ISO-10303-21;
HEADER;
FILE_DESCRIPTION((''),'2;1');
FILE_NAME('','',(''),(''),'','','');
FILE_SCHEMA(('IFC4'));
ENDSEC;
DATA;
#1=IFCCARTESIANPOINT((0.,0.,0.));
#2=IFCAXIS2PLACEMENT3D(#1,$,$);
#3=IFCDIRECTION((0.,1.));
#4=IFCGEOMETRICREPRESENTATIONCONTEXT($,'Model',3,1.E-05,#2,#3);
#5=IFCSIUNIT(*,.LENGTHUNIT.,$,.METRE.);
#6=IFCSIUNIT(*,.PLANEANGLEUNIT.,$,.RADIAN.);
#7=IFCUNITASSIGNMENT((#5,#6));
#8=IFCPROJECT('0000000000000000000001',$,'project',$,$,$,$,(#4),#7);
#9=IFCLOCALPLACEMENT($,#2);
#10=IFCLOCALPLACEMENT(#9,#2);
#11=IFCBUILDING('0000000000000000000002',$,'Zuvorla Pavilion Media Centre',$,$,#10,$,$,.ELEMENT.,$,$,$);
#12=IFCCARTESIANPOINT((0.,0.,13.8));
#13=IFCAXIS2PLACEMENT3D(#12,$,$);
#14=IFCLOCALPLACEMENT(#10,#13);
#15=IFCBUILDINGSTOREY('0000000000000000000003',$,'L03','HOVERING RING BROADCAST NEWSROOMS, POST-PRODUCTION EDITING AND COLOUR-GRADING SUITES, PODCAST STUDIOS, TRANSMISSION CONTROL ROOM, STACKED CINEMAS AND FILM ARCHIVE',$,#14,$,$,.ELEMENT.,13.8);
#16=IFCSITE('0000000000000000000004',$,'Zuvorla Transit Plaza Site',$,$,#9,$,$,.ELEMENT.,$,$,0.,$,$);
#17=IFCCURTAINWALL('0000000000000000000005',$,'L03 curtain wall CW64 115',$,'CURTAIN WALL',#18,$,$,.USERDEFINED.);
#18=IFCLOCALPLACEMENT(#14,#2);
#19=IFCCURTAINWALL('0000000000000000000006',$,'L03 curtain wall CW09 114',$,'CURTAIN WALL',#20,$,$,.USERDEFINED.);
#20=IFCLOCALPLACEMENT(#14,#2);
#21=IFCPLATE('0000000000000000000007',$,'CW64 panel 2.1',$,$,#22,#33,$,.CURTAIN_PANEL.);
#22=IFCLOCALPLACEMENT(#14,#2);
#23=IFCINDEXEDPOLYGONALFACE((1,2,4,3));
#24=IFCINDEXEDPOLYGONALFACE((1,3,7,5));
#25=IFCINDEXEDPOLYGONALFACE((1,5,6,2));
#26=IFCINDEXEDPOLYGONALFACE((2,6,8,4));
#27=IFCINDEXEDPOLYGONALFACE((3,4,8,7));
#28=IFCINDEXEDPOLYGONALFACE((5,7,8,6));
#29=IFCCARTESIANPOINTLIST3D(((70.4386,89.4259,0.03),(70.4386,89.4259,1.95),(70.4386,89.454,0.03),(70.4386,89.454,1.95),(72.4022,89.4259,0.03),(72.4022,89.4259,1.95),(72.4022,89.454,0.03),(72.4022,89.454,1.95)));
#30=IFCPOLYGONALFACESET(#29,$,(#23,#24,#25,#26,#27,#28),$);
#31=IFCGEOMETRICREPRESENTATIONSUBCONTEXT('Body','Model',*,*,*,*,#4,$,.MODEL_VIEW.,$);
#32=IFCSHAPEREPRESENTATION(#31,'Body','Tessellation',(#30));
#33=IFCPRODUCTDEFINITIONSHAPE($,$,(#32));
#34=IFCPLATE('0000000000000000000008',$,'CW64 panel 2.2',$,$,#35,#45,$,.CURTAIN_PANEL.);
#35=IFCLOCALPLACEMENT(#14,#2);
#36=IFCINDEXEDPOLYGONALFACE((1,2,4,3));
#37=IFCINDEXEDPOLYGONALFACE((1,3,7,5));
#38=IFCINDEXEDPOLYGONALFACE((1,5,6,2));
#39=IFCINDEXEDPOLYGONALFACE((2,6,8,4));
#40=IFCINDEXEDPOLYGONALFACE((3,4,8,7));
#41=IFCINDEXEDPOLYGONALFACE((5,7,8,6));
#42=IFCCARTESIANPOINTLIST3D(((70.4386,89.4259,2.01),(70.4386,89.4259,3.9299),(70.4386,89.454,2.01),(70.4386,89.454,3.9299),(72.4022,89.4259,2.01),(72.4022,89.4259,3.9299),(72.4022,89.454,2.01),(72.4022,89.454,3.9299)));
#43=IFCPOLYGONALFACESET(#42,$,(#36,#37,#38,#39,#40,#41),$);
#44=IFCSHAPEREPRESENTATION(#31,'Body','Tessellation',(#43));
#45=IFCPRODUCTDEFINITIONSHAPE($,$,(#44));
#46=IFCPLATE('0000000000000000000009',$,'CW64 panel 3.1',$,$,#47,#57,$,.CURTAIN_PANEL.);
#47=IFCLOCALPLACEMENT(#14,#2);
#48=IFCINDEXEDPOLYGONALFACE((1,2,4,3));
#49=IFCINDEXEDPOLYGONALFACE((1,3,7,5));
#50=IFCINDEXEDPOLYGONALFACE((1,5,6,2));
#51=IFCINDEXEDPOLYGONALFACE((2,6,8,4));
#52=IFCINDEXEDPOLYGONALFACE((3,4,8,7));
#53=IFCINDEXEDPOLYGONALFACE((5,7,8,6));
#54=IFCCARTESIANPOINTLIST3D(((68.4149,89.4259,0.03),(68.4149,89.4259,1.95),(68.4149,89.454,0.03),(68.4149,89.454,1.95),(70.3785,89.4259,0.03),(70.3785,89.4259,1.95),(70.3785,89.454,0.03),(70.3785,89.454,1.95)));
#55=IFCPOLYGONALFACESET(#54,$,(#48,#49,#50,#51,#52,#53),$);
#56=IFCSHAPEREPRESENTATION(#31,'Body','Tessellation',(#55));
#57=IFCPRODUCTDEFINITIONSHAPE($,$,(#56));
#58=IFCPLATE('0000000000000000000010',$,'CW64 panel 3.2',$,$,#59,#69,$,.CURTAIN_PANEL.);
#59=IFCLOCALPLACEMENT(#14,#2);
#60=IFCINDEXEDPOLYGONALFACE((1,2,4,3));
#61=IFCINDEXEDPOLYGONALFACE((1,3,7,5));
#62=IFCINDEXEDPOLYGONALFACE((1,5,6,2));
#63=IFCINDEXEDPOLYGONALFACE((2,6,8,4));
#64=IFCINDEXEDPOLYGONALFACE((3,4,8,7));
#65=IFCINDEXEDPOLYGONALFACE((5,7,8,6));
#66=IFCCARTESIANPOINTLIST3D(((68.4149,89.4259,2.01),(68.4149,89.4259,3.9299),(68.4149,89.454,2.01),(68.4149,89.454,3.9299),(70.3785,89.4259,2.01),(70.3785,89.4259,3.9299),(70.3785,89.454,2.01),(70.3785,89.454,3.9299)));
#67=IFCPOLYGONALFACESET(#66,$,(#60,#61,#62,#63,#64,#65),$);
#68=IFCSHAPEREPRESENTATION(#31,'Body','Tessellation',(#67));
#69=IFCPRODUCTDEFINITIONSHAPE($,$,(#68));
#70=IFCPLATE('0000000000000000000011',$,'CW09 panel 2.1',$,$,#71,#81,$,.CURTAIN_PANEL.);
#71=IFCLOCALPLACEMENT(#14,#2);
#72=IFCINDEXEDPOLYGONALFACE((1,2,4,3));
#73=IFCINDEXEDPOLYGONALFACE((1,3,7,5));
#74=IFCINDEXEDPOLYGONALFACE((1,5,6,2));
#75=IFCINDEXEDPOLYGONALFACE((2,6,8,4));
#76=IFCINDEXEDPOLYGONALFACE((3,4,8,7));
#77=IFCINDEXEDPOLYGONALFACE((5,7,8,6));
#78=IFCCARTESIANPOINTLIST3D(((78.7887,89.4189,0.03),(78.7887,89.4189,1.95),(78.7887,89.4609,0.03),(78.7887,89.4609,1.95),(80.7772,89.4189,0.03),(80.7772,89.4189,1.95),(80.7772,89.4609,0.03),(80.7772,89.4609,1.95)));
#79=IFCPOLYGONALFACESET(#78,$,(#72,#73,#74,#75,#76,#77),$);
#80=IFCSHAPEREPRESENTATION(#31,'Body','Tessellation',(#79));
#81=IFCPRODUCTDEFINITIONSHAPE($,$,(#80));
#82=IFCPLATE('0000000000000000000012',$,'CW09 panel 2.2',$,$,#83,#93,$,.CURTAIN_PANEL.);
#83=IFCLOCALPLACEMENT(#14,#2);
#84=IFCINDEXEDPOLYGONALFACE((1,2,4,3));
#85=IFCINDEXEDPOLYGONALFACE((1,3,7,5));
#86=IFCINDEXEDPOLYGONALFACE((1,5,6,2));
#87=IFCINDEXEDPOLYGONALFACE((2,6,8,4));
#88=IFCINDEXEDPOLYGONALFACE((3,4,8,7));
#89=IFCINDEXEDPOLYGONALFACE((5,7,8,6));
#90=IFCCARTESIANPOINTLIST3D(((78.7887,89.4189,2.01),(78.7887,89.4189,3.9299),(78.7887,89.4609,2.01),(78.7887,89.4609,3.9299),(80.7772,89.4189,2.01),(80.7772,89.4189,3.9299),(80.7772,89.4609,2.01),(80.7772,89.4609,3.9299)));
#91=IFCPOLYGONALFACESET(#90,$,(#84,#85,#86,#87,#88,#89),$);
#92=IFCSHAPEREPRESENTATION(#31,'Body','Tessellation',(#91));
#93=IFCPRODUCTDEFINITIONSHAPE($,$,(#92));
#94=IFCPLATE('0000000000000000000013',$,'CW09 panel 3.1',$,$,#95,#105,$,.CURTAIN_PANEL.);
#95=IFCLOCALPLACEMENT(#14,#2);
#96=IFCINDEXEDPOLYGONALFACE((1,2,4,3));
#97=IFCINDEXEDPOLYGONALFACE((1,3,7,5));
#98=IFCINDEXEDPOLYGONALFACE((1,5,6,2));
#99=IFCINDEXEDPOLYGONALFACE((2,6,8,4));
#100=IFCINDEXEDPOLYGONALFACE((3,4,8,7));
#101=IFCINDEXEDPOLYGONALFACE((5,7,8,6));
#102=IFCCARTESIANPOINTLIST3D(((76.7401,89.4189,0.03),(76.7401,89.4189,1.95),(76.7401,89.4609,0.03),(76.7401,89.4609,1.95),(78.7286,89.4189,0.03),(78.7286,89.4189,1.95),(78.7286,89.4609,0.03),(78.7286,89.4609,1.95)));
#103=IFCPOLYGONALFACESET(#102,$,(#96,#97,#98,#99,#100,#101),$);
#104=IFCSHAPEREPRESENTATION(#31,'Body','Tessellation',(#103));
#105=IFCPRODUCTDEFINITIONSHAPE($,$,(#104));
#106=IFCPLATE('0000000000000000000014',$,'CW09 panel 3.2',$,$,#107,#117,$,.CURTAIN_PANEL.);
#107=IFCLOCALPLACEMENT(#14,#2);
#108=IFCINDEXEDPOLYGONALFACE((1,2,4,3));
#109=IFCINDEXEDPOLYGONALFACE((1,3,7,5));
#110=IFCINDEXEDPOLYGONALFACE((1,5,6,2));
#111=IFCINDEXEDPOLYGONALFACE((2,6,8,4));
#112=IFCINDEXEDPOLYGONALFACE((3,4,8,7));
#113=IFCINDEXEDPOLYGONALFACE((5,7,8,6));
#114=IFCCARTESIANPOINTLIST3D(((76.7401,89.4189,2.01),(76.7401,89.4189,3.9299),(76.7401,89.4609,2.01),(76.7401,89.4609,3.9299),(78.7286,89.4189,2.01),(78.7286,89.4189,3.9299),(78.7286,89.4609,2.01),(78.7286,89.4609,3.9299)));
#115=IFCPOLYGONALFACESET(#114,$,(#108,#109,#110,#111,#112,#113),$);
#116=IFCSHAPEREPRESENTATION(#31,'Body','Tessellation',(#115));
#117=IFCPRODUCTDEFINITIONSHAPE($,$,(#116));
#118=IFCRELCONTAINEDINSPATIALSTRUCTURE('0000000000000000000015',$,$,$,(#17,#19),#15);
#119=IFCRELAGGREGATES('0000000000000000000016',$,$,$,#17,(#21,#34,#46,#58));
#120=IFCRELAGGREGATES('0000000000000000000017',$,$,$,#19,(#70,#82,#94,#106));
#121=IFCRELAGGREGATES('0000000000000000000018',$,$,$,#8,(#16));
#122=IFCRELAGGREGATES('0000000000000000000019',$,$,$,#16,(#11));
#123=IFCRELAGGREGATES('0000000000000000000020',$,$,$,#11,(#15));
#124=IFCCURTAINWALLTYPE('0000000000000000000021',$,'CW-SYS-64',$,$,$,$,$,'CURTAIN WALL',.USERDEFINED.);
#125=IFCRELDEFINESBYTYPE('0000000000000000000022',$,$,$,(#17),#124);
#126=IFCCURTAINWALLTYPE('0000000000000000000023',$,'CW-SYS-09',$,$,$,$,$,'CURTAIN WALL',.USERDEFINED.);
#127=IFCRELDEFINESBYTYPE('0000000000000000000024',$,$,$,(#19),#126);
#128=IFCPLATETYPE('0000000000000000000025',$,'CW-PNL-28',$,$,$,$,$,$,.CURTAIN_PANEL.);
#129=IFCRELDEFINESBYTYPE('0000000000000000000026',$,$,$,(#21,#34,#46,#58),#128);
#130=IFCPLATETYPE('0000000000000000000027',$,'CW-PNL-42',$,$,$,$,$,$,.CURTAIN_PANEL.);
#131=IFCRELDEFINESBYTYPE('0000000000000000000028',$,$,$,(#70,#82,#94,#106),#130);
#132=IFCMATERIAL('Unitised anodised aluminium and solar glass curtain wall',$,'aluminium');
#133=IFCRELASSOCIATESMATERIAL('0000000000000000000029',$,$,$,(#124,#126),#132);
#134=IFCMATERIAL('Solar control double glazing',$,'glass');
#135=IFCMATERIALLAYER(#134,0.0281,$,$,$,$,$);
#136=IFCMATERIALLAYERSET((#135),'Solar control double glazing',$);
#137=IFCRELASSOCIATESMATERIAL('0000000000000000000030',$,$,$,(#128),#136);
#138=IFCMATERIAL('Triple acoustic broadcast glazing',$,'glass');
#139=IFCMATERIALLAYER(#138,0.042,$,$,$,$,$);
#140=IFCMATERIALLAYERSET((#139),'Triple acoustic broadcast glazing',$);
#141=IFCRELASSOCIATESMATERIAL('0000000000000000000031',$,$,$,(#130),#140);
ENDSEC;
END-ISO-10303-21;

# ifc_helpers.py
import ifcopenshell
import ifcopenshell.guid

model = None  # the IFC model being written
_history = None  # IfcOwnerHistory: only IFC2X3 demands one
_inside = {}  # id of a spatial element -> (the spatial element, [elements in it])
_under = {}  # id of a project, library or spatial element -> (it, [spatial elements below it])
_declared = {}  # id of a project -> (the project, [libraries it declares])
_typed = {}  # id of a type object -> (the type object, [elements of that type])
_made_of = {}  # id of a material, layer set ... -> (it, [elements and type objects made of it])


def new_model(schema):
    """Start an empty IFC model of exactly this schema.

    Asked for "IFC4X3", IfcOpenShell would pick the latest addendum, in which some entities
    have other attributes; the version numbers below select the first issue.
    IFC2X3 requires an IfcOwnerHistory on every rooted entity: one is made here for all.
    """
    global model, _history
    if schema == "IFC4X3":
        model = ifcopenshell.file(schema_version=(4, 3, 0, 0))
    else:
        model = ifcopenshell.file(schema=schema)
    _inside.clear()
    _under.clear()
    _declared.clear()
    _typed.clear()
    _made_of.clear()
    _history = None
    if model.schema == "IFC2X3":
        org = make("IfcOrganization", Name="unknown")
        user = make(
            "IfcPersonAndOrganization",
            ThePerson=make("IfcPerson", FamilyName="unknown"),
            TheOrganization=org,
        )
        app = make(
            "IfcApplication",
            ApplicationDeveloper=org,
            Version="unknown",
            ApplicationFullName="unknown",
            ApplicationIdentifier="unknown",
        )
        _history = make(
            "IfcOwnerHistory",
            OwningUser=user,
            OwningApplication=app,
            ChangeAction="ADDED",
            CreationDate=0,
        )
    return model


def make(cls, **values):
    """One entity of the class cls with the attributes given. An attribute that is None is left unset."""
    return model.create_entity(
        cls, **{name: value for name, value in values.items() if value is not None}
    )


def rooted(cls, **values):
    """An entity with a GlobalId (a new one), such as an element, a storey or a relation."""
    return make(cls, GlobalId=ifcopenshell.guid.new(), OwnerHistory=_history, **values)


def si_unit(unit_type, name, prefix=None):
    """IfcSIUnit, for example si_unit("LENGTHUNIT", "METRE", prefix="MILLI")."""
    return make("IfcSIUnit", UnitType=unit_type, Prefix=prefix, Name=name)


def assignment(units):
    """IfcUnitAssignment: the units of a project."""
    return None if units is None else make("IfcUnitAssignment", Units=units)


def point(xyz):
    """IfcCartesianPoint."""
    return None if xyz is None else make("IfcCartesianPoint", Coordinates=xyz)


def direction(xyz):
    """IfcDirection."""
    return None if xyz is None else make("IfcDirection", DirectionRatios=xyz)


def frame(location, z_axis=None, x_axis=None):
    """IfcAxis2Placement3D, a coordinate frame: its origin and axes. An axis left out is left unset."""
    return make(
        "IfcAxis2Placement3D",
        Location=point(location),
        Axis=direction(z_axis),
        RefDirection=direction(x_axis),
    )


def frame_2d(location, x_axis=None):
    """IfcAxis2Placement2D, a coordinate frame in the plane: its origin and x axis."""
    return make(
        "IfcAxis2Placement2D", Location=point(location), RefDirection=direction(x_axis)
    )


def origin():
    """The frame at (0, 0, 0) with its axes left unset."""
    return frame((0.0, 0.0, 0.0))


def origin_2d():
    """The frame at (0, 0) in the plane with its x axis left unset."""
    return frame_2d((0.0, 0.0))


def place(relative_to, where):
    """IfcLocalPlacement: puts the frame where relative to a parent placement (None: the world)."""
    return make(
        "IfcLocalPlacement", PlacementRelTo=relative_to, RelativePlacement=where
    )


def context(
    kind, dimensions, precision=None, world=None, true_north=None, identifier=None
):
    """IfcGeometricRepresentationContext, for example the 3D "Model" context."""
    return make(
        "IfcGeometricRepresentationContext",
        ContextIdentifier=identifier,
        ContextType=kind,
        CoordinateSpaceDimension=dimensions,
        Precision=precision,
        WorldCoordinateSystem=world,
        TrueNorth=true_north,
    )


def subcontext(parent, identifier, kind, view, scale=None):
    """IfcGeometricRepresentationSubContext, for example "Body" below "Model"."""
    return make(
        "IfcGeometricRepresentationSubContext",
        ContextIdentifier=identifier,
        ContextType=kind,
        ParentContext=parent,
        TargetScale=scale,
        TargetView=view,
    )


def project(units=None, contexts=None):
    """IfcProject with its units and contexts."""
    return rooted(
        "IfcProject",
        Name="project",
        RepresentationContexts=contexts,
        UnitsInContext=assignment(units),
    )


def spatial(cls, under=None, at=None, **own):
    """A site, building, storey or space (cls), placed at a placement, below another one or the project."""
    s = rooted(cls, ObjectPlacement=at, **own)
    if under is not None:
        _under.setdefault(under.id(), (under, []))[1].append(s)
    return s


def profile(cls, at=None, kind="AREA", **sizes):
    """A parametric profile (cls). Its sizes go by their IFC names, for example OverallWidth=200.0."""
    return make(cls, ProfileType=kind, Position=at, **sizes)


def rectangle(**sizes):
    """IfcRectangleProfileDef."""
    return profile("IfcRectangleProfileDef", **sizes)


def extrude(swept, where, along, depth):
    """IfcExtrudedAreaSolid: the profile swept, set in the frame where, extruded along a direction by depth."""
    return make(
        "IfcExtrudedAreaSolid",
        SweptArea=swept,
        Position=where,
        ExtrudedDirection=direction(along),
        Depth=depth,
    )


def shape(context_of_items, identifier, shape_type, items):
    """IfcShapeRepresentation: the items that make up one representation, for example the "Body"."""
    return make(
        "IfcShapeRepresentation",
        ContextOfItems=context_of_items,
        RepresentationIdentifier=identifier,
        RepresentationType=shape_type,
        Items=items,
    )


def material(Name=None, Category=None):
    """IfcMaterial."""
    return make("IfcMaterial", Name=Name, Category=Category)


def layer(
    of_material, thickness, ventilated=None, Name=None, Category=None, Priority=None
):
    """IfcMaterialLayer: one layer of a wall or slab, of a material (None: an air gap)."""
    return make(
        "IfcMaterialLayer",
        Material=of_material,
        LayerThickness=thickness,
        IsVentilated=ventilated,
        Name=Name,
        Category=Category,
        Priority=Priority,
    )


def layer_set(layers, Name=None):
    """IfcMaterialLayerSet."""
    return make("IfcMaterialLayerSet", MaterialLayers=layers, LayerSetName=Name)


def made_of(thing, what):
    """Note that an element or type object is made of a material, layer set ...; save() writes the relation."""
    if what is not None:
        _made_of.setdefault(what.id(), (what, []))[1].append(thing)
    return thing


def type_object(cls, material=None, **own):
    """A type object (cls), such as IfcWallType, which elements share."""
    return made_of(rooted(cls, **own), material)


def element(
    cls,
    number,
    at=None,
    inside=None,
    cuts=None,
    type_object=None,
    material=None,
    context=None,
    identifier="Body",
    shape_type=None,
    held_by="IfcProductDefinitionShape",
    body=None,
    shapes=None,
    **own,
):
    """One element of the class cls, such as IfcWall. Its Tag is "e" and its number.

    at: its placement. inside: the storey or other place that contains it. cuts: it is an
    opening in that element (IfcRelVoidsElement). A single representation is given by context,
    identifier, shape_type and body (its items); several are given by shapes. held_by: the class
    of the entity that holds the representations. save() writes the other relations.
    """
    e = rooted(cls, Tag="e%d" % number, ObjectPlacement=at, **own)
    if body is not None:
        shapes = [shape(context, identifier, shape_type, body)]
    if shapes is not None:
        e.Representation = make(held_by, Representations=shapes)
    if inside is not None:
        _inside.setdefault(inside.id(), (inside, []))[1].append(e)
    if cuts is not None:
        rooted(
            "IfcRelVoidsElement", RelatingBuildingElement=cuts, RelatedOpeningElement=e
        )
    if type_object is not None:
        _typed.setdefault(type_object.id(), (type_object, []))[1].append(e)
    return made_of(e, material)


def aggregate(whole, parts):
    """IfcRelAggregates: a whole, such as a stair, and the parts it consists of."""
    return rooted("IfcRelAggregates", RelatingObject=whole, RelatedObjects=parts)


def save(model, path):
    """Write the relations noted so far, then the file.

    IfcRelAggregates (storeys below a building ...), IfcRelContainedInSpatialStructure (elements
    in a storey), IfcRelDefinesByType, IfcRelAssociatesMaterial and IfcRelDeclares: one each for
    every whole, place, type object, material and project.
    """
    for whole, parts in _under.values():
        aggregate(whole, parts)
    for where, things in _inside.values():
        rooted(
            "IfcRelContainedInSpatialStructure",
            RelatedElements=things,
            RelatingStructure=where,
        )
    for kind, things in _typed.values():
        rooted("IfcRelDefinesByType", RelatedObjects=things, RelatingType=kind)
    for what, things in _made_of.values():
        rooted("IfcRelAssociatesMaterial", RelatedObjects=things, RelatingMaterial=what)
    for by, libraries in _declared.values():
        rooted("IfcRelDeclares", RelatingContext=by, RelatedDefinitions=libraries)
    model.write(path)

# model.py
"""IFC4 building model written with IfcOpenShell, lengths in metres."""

from ifc_helpers import new_model, si_unit, direction, frame, origin, origin_2d, place, context, subcontext, project, spatial, rectangle, extrude, material, layer, layer_set, type_object, element, aggregate, save


model = new_model("IFC4")

# Units and contexts
model_context = context("Model", 3, precision=1e-05, world=origin(), true_north=direction((0.0, 1.0)))
body_context = subcontext(model_context, "Body", "Model", "MODEL_VIEW")
ifc_project = project(units=[si_unit("LENGTHUNIT", "METRE"), si_unit("PLANEANGLEUNIT", "RADIAN")], contexts=[model_context])

# Site, building, storey
site_placement = place(None, origin())
site = spatial("IfcSite", under=ifc_project, at=site_placement, Name="Zuvorla Transit Plaza Site", CompositionType="ELEMENT", RefElevation=0.0)
building_placement = place(site_placement, origin())
building = spatial("IfcBuilding", under=site, at=building_placement, Name="Zuvorla Pavilion Media Centre", CompositionType="ELEMENT")
storey_placement = place(building_placement, frame((0.0, 0.0, 13.8)))
storey = spatial("IfcBuildingStorey", under=building, at=storey_placement, Name="L03", Description="HOVERING RING BROADCAST NEWSROOMS, POST-PRODUCTION EDITING AND COLOUR-GRADING SUITES, PODCAST STUDIOS, TRANSMISSION CONTROL ROOM, STACKED CINEMAS AND FILM ARCHIVE", CompositionType="ELEMENT", Elevation=13.8)

# Curtain walls
ifc_material_1 = material(Name="Unitised anodised aluminium and solar glass curtain wall", Category="aluminium")
curtain_wall_type_1 = type_object("IfcCurtainWallType", Name="CW-SYS-64", ElementType="CURTAIN WALL", PredefinedType="USERDEFINED", material=ifc_material_1)
curtain_wall_1_placement = place(storey_placement, origin())
curtain_wall_1 = element("IfcCurtainWall", 1, at=curtain_wall_1_placement, inside=storey, type_object=curtain_wall_type_1, Name="L03 curtain wall CW64 115", ObjectType="CURTAIN WALL", PredefinedType="USERDEFINED")
curtain_wall_type_2 = type_object("IfcCurtainWallType", Name="CW-SYS-09", ElementType="CURTAIN WALL", PredefinedType="USERDEFINED", material=ifc_material_1)
curtain_wall_2_placement = place(storey_placement, origin())
curtain_wall_2 = element("IfcCurtainWall", 2, at=curtain_wall_2_placement, inside=storey, type_object=curtain_wall_type_2, Name="L03 curtain wall CW09 114", ObjectType="CURTAIN WALL", PredefinedType="USERDEFINED")

# Plates
ifc_material_2 = material(Name="Solar control double glazing", Category="glass")
ifc_layer_1 = layer(ifc_material_2, 0.0281)
ifc_layer_set_1 = layer_set([ifc_layer_1], Name="Solar control double glazing")
plate_type_1 = type_object("IfcPlateType", Name="CW-PNL-28", PredefinedType="CURTAIN_PANEL", material=ifc_layer_set_1)
plate_1_placement = place(storey_placement, frame((71.4204, 89.4399, 0.03), z_axis=(0.0, 0.0, 1.0), x_axis=(-1.0, 0.0, 0.0)))
plate_1 = element("IfcPlate", 3, at=plate_1_placement, type_object=plate_type_1, Name="CW64 panel 2.1", PredefinedType="CURTAIN_PANEL", context=body_context, shape_type="SweptSolid", body=[
    extrude(rectangle(XDim=1.9636, YDim=0.0281, at=origin_2d()), origin(), (0.0, 0.0, 1.0), 1.9199),
])
plate_2_placement = place(storey_placement, frame((71.4204, 89.4399, 2.01), z_axis=(0.0, 0.0, 1.0), x_axis=(-1.0, 0.0, 0.0)))
plate_2 = element("IfcPlate", 4, at=plate_2_placement, type_object=plate_type_1, Name="CW64 panel 2.2", PredefinedType="CURTAIN_PANEL", context=body_context, shape_type="SweptSolid", body=[
    extrude(rectangle(XDim=1.9636, YDim=0.0281, at=origin_2d()), origin(), (0.0, 0.0, 1.0), 1.9199),
])
plate_3_placement = place(storey_placement, frame((69.3967, 89.4399, 0.03), z_axis=(0.0, 0.0, 1.0), x_axis=(-1.0, 0.0, 0.0)))
plate_3 = element("IfcPlate", 5, at=plate_3_placement, type_object=plate_type_1, Name="CW64 panel 3.1", PredefinedType="CURTAIN_PANEL", context=body_context, shape_type="SweptSolid", body=[
    extrude(rectangle(XDim=1.9636, YDim=0.0281, at=origin_2d()), origin(), (0.0, 0.0, 1.0), 1.9199),
])
plate_4_placement = place(storey_placement, frame((69.3967, 89.4399, 2.01), z_axis=(0.0, 0.0, 1.0), x_axis=(-1.0, 0.0, 0.0)))
plate_4 = element("IfcPlate", 6, at=plate_4_placement, type_object=plate_type_1, Name="CW64 panel 3.2", PredefinedType="CURTAIN_PANEL", context=body_context, shape_type="SweptSolid", body=[
    extrude(rectangle(XDim=1.9636, YDim=0.0281, at=origin_2d()), origin(), (0.0, 0.0, 1.0), 1.9199),
])
aggregate(curtain_wall_1, [plate_1, plate_2, plate_3, plate_4])
ifc_material_3 = material(Name="Triple acoustic broadcast glazing", Category="glass")
ifc_layer_2 = layer(ifc_material_3, 0.042)
ifc_layer_set_2 = layer_set([ifc_layer_2], Name="Triple acoustic broadcast glazing")
plate_type_2 = type_object("IfcPlateType", Name="CW-PNL-42", PredefinedType="CURTAIN_PANEL", material=ifc_layer_set_2)
plate_5_placement = place(storey_placement, frame((79.783, 89.4399, 0.03), z_axis=(0.0, 0.0, 1.0), x_axis=(-1.0, 0.0, 0.0)))
plate_5 = element("IfcPlate", 7, at=plate_5_placement, type_object=plate_type_2, Name="CW09 panel 2.1", PredefinedType="CURTAIN_PANEL", context=body_context, shape_type="SweptSolid", body=[
    extrude(rectangle(XDim=1.9885, YDim=0.042, at=origin_2d()), origin(), (0.0, 0.0, 1.0), 1.9199),
])
plate_6_placement = place(storey_placement, frame((79.783, 89.4399, 2.01), z_axis=(0.0, 0.0, 1.0), x_axis=(-1.0, 0.0, 0.0)))
plate_6 = element("IfcPlate", 8, at=plate_6_placement, type_object=plate_type_2, Name="CW09 panel 2.2", PredefinedType="CURTAIN_PANEL", context=body_context, shape_type="SweptSolid", body=[
    extrude(rectangle(XDim=1.9885, YDim=0.042, at=origin_2d()), origin(), (0.0, 0.0, 1.0), 1.9199),
])
plate_7_placement = place(storey_placement, frame((77.7344, 89.4399, 0.03), z_axis=(0.0, 0.0, 1.0), x_axis=(-1.0, 0.0, 0.0)))
plate_7 = element("IfcPlate", 9, at=plate_7_placement, type_object=plate_type_2, Name="CW09 panel 3.1", PredefinedType="CURTAIN_PANEL", context=body_context, shape_type="SweptSolid", body=[
    extrude(rectangle(XDim=1.9885, YDim=0.042, at=origin_2d()), origin(), (0.0, 0.0, 1.0), 1.9199),
])
plate_8_placement = place(storey_placement, frame((77.7344, 89.4399, 2.01), z_axis=(0.0, 0.0, 1.0), x_axis=(-1.0, 0.0, 0.0)))
plate_8 = element("IfcPlate", 10, at=plate_8_placement, type_object=plate_type_2, Name="CW09 panel 3.2", PredefinedType="CURTAIN_PANEL", context=body_context, shape_type="SweptSolid", body=[
    extrude(rectangle(XDim=1.9885, YDim=0.042, at=origin_2d()), origin(), (0.0, 0.0, 1.0), 1.9199),
])
aggregate(curtain_wall_2, [plate_5, plate_6, plate_7, plate_8])

save(model, "model.ifc")
